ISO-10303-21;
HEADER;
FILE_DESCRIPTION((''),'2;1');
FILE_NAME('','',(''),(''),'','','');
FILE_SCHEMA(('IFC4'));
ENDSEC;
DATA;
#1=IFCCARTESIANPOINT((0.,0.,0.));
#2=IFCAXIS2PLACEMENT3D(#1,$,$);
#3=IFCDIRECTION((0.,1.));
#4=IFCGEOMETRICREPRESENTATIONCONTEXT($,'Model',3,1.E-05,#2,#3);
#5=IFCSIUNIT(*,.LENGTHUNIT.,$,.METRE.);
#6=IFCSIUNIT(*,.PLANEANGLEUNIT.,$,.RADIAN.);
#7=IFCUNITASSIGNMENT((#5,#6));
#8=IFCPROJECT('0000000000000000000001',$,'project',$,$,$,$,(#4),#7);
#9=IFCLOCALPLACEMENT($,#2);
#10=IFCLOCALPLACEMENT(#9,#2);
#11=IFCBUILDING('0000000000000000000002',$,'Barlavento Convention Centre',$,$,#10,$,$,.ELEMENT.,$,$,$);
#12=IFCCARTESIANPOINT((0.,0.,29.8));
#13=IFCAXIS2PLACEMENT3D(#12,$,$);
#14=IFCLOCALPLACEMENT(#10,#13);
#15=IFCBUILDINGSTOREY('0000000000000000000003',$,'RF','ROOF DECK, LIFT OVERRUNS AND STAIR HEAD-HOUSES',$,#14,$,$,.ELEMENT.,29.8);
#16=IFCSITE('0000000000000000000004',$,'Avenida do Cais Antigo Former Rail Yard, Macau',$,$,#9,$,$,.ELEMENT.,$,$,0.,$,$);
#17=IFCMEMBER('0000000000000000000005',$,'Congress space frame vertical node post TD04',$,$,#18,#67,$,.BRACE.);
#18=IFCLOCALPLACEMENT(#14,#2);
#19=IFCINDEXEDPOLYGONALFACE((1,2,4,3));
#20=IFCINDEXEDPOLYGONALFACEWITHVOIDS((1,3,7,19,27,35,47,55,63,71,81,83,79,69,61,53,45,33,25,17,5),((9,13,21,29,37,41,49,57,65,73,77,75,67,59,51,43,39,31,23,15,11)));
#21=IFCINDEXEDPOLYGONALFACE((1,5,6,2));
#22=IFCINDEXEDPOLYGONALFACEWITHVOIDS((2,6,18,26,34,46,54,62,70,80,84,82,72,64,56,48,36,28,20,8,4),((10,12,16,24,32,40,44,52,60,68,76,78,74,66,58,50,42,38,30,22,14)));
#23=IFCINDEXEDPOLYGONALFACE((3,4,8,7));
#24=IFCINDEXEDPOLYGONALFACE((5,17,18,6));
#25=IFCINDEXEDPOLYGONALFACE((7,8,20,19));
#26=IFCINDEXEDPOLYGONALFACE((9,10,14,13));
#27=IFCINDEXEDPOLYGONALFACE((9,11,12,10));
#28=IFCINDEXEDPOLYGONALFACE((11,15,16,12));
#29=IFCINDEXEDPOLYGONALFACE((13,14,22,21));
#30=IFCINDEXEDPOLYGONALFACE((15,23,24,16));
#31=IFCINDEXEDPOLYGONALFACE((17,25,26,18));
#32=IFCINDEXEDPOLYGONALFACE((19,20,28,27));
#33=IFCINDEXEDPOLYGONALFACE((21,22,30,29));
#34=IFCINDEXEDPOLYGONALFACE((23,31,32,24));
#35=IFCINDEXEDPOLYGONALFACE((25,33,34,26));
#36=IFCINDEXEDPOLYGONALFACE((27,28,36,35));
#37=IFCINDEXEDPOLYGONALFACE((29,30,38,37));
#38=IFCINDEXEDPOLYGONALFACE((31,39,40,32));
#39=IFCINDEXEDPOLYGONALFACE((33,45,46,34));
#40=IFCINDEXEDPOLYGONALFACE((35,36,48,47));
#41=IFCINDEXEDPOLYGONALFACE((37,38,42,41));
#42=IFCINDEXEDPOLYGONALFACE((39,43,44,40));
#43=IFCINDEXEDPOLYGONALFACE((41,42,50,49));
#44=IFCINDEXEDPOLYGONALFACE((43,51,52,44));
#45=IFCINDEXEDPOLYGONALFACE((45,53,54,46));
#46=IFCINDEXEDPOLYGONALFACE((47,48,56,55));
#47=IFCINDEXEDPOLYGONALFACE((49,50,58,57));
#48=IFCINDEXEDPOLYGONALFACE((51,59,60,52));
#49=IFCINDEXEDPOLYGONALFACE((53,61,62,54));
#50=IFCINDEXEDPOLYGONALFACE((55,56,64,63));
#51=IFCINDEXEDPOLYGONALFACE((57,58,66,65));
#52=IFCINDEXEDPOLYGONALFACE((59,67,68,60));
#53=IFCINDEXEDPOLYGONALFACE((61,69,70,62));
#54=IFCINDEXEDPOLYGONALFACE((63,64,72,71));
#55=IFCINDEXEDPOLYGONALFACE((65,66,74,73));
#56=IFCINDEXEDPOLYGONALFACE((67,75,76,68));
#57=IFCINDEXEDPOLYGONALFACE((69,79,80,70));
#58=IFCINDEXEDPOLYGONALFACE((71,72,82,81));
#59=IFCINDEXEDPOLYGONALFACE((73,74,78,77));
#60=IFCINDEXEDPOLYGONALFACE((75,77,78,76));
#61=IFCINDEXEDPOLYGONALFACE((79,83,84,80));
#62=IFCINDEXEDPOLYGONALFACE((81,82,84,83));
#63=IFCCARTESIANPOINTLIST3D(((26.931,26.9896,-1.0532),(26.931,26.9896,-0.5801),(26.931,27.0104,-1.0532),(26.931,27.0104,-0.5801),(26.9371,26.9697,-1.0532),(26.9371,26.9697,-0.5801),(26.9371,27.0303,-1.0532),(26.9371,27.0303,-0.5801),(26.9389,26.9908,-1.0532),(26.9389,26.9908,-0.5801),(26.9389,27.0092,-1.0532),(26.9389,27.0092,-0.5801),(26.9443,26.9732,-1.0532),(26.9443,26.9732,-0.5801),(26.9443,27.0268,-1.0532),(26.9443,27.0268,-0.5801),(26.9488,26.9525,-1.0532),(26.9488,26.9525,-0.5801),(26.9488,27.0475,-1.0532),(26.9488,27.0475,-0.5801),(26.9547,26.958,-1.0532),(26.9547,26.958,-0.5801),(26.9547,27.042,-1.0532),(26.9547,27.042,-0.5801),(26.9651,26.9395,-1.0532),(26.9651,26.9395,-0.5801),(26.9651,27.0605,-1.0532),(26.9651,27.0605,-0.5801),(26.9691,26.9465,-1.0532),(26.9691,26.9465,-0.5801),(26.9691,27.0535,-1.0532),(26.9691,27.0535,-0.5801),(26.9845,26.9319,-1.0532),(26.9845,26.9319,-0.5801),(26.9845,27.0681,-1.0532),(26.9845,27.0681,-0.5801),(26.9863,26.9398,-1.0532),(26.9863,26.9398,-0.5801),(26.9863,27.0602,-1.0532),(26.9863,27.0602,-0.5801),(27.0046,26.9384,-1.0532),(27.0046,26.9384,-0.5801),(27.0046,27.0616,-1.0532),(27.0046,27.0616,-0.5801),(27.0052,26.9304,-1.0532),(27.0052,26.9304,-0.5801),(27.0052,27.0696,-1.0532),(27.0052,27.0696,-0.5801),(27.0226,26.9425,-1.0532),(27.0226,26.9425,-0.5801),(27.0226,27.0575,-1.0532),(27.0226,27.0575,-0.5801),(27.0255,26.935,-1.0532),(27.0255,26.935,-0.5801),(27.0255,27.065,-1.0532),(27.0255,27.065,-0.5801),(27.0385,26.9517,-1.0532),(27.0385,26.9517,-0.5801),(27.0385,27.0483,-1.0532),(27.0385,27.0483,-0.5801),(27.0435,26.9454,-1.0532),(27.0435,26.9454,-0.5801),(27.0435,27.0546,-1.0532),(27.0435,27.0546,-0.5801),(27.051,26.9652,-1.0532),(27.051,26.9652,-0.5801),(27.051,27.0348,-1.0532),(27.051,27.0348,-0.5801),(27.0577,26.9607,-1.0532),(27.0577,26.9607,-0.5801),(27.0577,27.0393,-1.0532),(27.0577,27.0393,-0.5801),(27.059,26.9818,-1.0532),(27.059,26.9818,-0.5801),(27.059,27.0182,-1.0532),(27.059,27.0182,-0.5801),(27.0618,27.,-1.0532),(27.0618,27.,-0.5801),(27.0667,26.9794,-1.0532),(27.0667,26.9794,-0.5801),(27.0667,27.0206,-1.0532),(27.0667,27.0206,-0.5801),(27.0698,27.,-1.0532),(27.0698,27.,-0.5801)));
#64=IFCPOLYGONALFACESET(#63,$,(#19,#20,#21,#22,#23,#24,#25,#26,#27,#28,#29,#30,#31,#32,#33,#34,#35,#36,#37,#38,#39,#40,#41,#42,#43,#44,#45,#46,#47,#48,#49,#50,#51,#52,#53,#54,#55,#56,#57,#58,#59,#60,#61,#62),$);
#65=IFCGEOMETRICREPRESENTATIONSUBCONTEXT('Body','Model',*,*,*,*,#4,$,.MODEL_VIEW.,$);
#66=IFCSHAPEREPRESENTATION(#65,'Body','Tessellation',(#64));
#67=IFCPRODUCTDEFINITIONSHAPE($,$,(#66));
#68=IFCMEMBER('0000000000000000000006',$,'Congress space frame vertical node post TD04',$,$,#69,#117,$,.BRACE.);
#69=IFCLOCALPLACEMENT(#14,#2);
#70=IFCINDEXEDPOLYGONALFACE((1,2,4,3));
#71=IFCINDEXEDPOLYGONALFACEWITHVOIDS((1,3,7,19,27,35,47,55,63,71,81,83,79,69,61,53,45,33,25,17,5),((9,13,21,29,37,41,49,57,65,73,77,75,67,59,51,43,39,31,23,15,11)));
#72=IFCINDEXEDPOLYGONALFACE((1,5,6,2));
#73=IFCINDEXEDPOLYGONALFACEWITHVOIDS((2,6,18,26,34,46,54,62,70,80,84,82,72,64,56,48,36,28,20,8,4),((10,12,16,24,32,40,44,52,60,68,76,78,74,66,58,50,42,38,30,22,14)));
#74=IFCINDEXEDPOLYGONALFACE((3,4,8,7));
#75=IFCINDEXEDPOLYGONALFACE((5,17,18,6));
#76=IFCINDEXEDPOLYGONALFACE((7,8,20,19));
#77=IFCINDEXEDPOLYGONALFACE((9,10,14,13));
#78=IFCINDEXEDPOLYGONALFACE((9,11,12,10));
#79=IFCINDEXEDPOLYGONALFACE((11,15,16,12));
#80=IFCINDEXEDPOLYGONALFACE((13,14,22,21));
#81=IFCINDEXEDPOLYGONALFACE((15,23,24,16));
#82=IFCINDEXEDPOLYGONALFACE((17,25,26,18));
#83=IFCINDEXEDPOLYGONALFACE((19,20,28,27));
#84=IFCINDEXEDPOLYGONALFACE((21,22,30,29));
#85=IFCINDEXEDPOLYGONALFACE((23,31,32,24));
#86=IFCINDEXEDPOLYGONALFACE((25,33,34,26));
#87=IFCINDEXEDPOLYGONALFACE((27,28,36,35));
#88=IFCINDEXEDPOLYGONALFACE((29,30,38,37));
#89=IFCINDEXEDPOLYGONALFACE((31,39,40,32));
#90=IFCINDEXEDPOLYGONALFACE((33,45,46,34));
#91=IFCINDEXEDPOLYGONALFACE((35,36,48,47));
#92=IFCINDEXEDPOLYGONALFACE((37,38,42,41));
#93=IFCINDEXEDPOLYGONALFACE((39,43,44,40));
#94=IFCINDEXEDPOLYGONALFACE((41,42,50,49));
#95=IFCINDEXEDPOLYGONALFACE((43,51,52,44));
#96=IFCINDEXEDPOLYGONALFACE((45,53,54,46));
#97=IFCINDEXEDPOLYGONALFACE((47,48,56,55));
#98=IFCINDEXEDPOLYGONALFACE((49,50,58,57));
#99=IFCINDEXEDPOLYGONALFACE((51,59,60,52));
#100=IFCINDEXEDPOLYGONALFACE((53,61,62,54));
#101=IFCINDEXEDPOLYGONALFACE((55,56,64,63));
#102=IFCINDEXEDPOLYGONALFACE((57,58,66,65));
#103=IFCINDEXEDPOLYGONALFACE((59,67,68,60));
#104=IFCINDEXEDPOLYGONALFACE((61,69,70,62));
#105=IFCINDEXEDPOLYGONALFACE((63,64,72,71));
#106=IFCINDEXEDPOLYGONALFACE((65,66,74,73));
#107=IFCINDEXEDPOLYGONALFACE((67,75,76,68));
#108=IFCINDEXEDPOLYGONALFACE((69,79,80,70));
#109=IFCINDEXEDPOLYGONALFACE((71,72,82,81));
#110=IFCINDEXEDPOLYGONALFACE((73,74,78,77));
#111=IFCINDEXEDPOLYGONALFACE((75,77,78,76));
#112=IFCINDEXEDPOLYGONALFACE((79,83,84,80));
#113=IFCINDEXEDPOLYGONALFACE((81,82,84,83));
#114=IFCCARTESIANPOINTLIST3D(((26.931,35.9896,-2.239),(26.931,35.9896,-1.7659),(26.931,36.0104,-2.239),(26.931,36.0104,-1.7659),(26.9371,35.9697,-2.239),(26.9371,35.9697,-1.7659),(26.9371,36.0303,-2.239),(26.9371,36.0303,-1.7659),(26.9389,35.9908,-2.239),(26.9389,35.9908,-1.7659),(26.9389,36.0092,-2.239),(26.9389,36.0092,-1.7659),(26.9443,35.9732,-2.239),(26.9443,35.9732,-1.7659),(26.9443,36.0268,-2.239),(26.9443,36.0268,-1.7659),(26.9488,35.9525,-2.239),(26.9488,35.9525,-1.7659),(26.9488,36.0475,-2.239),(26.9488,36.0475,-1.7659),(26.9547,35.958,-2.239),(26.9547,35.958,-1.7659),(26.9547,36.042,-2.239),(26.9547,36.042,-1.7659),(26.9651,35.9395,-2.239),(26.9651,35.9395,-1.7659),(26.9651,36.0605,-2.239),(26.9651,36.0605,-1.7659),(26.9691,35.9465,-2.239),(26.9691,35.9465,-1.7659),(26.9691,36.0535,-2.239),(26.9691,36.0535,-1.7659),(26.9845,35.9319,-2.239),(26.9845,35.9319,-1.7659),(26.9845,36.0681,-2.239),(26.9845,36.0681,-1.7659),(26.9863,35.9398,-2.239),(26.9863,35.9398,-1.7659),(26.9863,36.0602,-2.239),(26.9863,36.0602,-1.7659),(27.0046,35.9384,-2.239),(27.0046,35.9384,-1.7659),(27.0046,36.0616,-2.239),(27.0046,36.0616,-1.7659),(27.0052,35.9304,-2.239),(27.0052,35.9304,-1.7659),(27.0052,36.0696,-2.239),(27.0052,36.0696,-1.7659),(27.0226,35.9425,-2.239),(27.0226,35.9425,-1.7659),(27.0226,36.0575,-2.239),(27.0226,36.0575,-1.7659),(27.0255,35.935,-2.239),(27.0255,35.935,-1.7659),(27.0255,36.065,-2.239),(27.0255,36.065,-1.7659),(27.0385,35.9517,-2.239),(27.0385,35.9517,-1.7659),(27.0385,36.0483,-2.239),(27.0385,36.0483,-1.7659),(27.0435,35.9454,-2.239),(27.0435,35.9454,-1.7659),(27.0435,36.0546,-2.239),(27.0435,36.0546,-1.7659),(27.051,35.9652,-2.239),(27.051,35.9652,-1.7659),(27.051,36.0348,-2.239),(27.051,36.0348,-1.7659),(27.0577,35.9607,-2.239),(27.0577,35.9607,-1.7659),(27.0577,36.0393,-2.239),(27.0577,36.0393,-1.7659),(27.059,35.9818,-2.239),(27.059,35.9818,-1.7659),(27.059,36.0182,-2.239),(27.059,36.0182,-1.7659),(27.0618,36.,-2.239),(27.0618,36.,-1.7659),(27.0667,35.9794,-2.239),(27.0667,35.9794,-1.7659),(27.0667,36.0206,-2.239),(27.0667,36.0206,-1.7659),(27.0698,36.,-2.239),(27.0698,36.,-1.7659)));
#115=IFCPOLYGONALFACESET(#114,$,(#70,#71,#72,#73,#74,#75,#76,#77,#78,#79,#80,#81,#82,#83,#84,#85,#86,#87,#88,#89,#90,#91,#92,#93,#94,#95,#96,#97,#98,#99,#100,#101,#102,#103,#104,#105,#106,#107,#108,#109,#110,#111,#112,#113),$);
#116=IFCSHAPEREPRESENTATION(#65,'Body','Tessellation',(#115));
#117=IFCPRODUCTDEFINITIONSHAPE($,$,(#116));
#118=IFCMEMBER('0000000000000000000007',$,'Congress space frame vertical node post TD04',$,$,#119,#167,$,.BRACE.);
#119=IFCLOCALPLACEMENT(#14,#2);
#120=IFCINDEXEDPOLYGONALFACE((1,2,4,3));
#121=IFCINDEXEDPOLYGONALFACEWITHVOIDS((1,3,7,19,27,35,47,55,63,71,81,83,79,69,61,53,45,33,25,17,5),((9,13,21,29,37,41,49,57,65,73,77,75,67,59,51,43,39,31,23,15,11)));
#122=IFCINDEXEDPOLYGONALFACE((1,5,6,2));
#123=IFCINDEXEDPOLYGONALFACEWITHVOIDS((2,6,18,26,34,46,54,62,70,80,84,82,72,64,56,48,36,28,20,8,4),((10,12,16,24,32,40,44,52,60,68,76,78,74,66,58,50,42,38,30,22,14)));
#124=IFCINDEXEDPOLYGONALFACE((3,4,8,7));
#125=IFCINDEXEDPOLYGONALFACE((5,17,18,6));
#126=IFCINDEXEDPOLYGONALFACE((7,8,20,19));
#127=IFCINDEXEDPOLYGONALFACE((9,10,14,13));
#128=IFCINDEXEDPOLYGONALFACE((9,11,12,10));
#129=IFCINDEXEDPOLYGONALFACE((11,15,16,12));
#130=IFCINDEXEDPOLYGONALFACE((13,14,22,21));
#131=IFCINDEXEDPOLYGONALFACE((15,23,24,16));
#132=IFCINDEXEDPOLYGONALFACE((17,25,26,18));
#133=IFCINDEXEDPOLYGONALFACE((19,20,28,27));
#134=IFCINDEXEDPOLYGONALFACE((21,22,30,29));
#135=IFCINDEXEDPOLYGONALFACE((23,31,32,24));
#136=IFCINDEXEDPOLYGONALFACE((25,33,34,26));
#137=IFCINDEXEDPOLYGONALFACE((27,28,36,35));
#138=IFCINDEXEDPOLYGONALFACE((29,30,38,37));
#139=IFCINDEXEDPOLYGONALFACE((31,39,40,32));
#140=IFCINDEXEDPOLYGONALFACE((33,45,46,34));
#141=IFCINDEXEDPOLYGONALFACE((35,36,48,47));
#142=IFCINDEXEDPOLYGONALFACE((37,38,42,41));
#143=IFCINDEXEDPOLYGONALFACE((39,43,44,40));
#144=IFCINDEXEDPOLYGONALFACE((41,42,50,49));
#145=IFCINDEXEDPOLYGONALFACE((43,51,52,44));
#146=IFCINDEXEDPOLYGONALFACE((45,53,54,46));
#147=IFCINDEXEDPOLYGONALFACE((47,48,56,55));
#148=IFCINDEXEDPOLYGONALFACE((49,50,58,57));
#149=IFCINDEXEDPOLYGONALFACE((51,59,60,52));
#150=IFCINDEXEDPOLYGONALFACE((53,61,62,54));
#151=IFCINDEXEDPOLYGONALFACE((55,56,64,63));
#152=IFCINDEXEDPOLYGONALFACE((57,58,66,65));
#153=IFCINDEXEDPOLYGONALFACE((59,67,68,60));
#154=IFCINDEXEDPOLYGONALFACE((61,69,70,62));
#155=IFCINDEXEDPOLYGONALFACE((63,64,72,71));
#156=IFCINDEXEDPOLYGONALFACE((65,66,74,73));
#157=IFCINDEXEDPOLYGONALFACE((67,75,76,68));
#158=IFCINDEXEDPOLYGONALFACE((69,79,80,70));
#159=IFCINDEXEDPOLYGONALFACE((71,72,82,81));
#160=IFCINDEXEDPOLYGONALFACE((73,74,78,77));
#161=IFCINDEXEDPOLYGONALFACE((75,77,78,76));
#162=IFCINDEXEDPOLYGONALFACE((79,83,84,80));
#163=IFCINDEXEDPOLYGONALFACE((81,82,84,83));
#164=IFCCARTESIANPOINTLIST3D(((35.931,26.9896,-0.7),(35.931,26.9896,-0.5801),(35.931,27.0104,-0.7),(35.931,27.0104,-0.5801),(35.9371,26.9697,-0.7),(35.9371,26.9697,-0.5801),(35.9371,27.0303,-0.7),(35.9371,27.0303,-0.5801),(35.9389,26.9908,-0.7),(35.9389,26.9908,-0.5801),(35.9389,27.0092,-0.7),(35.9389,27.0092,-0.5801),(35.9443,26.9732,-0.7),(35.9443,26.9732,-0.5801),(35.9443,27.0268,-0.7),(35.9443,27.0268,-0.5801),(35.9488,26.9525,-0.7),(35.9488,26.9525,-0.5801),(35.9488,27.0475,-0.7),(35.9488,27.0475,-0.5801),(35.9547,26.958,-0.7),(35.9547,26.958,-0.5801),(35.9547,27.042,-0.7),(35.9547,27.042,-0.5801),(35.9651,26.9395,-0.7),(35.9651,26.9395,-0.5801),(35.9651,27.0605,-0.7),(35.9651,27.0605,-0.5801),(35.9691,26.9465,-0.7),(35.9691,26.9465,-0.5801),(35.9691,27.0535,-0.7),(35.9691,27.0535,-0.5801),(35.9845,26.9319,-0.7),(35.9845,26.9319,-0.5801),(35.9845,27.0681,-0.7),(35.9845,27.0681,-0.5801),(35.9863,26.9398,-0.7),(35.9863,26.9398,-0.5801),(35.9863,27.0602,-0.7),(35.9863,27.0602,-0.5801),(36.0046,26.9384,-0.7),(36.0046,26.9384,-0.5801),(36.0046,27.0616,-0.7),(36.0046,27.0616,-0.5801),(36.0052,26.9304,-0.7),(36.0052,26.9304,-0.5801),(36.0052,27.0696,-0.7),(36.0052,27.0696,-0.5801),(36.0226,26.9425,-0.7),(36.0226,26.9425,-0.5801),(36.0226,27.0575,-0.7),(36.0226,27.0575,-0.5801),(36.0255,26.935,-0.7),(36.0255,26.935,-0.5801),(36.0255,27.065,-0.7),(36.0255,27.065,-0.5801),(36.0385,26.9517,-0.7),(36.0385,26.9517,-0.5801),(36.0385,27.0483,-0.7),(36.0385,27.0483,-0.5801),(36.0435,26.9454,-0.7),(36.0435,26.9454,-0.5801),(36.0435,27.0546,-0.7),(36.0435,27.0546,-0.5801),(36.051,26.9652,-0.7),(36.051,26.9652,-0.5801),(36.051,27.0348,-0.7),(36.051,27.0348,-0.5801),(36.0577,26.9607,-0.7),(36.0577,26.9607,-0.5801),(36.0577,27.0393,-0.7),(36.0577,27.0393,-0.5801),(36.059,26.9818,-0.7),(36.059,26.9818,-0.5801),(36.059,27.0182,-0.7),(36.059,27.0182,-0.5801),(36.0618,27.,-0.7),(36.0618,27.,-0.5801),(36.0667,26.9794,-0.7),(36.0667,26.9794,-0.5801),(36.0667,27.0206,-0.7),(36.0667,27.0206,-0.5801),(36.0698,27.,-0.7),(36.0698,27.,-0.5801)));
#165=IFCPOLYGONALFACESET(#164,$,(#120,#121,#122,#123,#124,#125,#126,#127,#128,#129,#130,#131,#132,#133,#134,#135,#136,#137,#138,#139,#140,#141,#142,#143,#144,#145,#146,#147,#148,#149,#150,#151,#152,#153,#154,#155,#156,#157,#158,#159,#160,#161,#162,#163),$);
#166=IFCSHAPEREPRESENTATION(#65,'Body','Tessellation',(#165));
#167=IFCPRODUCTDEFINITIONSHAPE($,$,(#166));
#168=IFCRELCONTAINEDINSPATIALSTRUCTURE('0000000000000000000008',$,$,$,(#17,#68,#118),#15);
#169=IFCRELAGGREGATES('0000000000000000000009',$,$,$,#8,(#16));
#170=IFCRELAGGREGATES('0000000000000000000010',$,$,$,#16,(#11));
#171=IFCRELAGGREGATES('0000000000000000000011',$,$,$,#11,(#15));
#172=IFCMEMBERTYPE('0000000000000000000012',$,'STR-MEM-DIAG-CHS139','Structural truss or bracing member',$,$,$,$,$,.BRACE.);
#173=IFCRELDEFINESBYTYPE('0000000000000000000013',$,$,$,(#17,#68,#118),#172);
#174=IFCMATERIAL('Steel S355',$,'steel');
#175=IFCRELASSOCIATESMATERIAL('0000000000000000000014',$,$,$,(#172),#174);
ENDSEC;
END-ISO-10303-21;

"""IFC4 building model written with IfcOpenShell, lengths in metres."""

from ifc_helpers import new_model, si_unit, direction, frame, origin, origin_2d, place, context, subcontext, project, spatial, hollow_circle, extrude, material, material_profile, profile_set, type_object, element, save


model = new_model("IFC4")

# Units and contexts
model_context = context("Model", 3, precision=1e-05, world=origin(), true_north=direction((0.0, 1.0)))
body_context = subcontext(model_context, "Body", "Model", "MODEL_VIEW")
ifc_project = project(units=[si_unit("LENGTHUNIT", "METRE"), si_unit("PLANEANGLEUNIT", "RADIAN")], contexts=[model_context])

# Site, building, storey
site_placement = place(None, origin())
site = spatial("IfcSite", under=ifc_project, at=site_placement, Name="Avenida do Cais Antigo Former Rail Yard, Macau", CompositionType="ELEMENT", RefElevation=0.0)
building_placement = place(site_placement, origin())
building = spatial("IfcBuilding", under=site, at=building_placement, Name="Barlavento Convention Centre", CompositionType="ELEMENT")
storey_placement = place(building_placement, frame((0.0, 0.0, 29.8)))
storey = spatial("IfcBuildingStorey", under=building, at=storey_placement, Name="RF", Description="ROOF DECK, LIFT OVERRUNS AND STAIR HEAD-HOUSES", CompositionType="ELEMENT", Elevation=29.8)

# Members
ifc_material_1 = material(Name="Steel S355", Category="steel")
ifc_material_profile_1 = material_profile(ifc_material_1, hollow_circle(Radius=0.0698, WallThickness=0.0081, at=origin_2d()), Name="CHS 139.7x8.0")
ifc_profile_set_1 = profile_set([ifc_material_profile_1], Name="Steel S355")
member_type_1 = type_object("IfcMemberType", Name="STR-MEM-DIAG-CHS139", Description="Structural truss or bracing member", PredefinedType="BRACE", material=ifc_profile_set_1)
for number, where, z_axis, x_axis, name in (
    (1, (27.0, 27.0, -1.0532), (0.0, 0.0, 1.0), (1.0, 0.0, 0.0), "Congress space frame vertical node post TD04"),
    (2, (27.0, 36.0, -2.239), (0.0, 0.0, 1.0), (1.0, 0.0, 0.0), "Congress space frame vertical node post TD04"),
):
    element("IfcMember", number, at=place(storey_placement, frame(where, z_axis=z_axis, x_axis=x_axis)), inside=storey, type_object=member_type_1, Name=name, PredefinedType="BRACE", context=body_context, shape_type="SweptSolid", body=[
        extrude(hollow_circle(Radius=0.0698, WallThickness=0.0081, at=origin_2d()), origin(), (0.0, 0.0, 1.0), 0.4731),
    ])
for number, where, z_axis, x_axis, name in (
    (3, (36.0, 27.0, -0.7), (0.0, 0.0, 1.0), (1.0, 0.0, 0.0), "Congress space frame vertical node post TD04"),
):
    element("IfcMember", number, at=place(storey_placement, frame(where, z_axis=z_axis, x_axis=x_axis)), inside=storey, type_object=member_type_1, Name=name, PredefinedType="BRACE", context=body_context, shape_type="SweptSolid", body=[
        extrude(hollow_circle(Radius=0.0698, WallThickness=0.0081, at=origin_2d()), origin(), (0.0, 0.0, 1.0), 0.1199),
    ])

save(model, "model.ifc")
